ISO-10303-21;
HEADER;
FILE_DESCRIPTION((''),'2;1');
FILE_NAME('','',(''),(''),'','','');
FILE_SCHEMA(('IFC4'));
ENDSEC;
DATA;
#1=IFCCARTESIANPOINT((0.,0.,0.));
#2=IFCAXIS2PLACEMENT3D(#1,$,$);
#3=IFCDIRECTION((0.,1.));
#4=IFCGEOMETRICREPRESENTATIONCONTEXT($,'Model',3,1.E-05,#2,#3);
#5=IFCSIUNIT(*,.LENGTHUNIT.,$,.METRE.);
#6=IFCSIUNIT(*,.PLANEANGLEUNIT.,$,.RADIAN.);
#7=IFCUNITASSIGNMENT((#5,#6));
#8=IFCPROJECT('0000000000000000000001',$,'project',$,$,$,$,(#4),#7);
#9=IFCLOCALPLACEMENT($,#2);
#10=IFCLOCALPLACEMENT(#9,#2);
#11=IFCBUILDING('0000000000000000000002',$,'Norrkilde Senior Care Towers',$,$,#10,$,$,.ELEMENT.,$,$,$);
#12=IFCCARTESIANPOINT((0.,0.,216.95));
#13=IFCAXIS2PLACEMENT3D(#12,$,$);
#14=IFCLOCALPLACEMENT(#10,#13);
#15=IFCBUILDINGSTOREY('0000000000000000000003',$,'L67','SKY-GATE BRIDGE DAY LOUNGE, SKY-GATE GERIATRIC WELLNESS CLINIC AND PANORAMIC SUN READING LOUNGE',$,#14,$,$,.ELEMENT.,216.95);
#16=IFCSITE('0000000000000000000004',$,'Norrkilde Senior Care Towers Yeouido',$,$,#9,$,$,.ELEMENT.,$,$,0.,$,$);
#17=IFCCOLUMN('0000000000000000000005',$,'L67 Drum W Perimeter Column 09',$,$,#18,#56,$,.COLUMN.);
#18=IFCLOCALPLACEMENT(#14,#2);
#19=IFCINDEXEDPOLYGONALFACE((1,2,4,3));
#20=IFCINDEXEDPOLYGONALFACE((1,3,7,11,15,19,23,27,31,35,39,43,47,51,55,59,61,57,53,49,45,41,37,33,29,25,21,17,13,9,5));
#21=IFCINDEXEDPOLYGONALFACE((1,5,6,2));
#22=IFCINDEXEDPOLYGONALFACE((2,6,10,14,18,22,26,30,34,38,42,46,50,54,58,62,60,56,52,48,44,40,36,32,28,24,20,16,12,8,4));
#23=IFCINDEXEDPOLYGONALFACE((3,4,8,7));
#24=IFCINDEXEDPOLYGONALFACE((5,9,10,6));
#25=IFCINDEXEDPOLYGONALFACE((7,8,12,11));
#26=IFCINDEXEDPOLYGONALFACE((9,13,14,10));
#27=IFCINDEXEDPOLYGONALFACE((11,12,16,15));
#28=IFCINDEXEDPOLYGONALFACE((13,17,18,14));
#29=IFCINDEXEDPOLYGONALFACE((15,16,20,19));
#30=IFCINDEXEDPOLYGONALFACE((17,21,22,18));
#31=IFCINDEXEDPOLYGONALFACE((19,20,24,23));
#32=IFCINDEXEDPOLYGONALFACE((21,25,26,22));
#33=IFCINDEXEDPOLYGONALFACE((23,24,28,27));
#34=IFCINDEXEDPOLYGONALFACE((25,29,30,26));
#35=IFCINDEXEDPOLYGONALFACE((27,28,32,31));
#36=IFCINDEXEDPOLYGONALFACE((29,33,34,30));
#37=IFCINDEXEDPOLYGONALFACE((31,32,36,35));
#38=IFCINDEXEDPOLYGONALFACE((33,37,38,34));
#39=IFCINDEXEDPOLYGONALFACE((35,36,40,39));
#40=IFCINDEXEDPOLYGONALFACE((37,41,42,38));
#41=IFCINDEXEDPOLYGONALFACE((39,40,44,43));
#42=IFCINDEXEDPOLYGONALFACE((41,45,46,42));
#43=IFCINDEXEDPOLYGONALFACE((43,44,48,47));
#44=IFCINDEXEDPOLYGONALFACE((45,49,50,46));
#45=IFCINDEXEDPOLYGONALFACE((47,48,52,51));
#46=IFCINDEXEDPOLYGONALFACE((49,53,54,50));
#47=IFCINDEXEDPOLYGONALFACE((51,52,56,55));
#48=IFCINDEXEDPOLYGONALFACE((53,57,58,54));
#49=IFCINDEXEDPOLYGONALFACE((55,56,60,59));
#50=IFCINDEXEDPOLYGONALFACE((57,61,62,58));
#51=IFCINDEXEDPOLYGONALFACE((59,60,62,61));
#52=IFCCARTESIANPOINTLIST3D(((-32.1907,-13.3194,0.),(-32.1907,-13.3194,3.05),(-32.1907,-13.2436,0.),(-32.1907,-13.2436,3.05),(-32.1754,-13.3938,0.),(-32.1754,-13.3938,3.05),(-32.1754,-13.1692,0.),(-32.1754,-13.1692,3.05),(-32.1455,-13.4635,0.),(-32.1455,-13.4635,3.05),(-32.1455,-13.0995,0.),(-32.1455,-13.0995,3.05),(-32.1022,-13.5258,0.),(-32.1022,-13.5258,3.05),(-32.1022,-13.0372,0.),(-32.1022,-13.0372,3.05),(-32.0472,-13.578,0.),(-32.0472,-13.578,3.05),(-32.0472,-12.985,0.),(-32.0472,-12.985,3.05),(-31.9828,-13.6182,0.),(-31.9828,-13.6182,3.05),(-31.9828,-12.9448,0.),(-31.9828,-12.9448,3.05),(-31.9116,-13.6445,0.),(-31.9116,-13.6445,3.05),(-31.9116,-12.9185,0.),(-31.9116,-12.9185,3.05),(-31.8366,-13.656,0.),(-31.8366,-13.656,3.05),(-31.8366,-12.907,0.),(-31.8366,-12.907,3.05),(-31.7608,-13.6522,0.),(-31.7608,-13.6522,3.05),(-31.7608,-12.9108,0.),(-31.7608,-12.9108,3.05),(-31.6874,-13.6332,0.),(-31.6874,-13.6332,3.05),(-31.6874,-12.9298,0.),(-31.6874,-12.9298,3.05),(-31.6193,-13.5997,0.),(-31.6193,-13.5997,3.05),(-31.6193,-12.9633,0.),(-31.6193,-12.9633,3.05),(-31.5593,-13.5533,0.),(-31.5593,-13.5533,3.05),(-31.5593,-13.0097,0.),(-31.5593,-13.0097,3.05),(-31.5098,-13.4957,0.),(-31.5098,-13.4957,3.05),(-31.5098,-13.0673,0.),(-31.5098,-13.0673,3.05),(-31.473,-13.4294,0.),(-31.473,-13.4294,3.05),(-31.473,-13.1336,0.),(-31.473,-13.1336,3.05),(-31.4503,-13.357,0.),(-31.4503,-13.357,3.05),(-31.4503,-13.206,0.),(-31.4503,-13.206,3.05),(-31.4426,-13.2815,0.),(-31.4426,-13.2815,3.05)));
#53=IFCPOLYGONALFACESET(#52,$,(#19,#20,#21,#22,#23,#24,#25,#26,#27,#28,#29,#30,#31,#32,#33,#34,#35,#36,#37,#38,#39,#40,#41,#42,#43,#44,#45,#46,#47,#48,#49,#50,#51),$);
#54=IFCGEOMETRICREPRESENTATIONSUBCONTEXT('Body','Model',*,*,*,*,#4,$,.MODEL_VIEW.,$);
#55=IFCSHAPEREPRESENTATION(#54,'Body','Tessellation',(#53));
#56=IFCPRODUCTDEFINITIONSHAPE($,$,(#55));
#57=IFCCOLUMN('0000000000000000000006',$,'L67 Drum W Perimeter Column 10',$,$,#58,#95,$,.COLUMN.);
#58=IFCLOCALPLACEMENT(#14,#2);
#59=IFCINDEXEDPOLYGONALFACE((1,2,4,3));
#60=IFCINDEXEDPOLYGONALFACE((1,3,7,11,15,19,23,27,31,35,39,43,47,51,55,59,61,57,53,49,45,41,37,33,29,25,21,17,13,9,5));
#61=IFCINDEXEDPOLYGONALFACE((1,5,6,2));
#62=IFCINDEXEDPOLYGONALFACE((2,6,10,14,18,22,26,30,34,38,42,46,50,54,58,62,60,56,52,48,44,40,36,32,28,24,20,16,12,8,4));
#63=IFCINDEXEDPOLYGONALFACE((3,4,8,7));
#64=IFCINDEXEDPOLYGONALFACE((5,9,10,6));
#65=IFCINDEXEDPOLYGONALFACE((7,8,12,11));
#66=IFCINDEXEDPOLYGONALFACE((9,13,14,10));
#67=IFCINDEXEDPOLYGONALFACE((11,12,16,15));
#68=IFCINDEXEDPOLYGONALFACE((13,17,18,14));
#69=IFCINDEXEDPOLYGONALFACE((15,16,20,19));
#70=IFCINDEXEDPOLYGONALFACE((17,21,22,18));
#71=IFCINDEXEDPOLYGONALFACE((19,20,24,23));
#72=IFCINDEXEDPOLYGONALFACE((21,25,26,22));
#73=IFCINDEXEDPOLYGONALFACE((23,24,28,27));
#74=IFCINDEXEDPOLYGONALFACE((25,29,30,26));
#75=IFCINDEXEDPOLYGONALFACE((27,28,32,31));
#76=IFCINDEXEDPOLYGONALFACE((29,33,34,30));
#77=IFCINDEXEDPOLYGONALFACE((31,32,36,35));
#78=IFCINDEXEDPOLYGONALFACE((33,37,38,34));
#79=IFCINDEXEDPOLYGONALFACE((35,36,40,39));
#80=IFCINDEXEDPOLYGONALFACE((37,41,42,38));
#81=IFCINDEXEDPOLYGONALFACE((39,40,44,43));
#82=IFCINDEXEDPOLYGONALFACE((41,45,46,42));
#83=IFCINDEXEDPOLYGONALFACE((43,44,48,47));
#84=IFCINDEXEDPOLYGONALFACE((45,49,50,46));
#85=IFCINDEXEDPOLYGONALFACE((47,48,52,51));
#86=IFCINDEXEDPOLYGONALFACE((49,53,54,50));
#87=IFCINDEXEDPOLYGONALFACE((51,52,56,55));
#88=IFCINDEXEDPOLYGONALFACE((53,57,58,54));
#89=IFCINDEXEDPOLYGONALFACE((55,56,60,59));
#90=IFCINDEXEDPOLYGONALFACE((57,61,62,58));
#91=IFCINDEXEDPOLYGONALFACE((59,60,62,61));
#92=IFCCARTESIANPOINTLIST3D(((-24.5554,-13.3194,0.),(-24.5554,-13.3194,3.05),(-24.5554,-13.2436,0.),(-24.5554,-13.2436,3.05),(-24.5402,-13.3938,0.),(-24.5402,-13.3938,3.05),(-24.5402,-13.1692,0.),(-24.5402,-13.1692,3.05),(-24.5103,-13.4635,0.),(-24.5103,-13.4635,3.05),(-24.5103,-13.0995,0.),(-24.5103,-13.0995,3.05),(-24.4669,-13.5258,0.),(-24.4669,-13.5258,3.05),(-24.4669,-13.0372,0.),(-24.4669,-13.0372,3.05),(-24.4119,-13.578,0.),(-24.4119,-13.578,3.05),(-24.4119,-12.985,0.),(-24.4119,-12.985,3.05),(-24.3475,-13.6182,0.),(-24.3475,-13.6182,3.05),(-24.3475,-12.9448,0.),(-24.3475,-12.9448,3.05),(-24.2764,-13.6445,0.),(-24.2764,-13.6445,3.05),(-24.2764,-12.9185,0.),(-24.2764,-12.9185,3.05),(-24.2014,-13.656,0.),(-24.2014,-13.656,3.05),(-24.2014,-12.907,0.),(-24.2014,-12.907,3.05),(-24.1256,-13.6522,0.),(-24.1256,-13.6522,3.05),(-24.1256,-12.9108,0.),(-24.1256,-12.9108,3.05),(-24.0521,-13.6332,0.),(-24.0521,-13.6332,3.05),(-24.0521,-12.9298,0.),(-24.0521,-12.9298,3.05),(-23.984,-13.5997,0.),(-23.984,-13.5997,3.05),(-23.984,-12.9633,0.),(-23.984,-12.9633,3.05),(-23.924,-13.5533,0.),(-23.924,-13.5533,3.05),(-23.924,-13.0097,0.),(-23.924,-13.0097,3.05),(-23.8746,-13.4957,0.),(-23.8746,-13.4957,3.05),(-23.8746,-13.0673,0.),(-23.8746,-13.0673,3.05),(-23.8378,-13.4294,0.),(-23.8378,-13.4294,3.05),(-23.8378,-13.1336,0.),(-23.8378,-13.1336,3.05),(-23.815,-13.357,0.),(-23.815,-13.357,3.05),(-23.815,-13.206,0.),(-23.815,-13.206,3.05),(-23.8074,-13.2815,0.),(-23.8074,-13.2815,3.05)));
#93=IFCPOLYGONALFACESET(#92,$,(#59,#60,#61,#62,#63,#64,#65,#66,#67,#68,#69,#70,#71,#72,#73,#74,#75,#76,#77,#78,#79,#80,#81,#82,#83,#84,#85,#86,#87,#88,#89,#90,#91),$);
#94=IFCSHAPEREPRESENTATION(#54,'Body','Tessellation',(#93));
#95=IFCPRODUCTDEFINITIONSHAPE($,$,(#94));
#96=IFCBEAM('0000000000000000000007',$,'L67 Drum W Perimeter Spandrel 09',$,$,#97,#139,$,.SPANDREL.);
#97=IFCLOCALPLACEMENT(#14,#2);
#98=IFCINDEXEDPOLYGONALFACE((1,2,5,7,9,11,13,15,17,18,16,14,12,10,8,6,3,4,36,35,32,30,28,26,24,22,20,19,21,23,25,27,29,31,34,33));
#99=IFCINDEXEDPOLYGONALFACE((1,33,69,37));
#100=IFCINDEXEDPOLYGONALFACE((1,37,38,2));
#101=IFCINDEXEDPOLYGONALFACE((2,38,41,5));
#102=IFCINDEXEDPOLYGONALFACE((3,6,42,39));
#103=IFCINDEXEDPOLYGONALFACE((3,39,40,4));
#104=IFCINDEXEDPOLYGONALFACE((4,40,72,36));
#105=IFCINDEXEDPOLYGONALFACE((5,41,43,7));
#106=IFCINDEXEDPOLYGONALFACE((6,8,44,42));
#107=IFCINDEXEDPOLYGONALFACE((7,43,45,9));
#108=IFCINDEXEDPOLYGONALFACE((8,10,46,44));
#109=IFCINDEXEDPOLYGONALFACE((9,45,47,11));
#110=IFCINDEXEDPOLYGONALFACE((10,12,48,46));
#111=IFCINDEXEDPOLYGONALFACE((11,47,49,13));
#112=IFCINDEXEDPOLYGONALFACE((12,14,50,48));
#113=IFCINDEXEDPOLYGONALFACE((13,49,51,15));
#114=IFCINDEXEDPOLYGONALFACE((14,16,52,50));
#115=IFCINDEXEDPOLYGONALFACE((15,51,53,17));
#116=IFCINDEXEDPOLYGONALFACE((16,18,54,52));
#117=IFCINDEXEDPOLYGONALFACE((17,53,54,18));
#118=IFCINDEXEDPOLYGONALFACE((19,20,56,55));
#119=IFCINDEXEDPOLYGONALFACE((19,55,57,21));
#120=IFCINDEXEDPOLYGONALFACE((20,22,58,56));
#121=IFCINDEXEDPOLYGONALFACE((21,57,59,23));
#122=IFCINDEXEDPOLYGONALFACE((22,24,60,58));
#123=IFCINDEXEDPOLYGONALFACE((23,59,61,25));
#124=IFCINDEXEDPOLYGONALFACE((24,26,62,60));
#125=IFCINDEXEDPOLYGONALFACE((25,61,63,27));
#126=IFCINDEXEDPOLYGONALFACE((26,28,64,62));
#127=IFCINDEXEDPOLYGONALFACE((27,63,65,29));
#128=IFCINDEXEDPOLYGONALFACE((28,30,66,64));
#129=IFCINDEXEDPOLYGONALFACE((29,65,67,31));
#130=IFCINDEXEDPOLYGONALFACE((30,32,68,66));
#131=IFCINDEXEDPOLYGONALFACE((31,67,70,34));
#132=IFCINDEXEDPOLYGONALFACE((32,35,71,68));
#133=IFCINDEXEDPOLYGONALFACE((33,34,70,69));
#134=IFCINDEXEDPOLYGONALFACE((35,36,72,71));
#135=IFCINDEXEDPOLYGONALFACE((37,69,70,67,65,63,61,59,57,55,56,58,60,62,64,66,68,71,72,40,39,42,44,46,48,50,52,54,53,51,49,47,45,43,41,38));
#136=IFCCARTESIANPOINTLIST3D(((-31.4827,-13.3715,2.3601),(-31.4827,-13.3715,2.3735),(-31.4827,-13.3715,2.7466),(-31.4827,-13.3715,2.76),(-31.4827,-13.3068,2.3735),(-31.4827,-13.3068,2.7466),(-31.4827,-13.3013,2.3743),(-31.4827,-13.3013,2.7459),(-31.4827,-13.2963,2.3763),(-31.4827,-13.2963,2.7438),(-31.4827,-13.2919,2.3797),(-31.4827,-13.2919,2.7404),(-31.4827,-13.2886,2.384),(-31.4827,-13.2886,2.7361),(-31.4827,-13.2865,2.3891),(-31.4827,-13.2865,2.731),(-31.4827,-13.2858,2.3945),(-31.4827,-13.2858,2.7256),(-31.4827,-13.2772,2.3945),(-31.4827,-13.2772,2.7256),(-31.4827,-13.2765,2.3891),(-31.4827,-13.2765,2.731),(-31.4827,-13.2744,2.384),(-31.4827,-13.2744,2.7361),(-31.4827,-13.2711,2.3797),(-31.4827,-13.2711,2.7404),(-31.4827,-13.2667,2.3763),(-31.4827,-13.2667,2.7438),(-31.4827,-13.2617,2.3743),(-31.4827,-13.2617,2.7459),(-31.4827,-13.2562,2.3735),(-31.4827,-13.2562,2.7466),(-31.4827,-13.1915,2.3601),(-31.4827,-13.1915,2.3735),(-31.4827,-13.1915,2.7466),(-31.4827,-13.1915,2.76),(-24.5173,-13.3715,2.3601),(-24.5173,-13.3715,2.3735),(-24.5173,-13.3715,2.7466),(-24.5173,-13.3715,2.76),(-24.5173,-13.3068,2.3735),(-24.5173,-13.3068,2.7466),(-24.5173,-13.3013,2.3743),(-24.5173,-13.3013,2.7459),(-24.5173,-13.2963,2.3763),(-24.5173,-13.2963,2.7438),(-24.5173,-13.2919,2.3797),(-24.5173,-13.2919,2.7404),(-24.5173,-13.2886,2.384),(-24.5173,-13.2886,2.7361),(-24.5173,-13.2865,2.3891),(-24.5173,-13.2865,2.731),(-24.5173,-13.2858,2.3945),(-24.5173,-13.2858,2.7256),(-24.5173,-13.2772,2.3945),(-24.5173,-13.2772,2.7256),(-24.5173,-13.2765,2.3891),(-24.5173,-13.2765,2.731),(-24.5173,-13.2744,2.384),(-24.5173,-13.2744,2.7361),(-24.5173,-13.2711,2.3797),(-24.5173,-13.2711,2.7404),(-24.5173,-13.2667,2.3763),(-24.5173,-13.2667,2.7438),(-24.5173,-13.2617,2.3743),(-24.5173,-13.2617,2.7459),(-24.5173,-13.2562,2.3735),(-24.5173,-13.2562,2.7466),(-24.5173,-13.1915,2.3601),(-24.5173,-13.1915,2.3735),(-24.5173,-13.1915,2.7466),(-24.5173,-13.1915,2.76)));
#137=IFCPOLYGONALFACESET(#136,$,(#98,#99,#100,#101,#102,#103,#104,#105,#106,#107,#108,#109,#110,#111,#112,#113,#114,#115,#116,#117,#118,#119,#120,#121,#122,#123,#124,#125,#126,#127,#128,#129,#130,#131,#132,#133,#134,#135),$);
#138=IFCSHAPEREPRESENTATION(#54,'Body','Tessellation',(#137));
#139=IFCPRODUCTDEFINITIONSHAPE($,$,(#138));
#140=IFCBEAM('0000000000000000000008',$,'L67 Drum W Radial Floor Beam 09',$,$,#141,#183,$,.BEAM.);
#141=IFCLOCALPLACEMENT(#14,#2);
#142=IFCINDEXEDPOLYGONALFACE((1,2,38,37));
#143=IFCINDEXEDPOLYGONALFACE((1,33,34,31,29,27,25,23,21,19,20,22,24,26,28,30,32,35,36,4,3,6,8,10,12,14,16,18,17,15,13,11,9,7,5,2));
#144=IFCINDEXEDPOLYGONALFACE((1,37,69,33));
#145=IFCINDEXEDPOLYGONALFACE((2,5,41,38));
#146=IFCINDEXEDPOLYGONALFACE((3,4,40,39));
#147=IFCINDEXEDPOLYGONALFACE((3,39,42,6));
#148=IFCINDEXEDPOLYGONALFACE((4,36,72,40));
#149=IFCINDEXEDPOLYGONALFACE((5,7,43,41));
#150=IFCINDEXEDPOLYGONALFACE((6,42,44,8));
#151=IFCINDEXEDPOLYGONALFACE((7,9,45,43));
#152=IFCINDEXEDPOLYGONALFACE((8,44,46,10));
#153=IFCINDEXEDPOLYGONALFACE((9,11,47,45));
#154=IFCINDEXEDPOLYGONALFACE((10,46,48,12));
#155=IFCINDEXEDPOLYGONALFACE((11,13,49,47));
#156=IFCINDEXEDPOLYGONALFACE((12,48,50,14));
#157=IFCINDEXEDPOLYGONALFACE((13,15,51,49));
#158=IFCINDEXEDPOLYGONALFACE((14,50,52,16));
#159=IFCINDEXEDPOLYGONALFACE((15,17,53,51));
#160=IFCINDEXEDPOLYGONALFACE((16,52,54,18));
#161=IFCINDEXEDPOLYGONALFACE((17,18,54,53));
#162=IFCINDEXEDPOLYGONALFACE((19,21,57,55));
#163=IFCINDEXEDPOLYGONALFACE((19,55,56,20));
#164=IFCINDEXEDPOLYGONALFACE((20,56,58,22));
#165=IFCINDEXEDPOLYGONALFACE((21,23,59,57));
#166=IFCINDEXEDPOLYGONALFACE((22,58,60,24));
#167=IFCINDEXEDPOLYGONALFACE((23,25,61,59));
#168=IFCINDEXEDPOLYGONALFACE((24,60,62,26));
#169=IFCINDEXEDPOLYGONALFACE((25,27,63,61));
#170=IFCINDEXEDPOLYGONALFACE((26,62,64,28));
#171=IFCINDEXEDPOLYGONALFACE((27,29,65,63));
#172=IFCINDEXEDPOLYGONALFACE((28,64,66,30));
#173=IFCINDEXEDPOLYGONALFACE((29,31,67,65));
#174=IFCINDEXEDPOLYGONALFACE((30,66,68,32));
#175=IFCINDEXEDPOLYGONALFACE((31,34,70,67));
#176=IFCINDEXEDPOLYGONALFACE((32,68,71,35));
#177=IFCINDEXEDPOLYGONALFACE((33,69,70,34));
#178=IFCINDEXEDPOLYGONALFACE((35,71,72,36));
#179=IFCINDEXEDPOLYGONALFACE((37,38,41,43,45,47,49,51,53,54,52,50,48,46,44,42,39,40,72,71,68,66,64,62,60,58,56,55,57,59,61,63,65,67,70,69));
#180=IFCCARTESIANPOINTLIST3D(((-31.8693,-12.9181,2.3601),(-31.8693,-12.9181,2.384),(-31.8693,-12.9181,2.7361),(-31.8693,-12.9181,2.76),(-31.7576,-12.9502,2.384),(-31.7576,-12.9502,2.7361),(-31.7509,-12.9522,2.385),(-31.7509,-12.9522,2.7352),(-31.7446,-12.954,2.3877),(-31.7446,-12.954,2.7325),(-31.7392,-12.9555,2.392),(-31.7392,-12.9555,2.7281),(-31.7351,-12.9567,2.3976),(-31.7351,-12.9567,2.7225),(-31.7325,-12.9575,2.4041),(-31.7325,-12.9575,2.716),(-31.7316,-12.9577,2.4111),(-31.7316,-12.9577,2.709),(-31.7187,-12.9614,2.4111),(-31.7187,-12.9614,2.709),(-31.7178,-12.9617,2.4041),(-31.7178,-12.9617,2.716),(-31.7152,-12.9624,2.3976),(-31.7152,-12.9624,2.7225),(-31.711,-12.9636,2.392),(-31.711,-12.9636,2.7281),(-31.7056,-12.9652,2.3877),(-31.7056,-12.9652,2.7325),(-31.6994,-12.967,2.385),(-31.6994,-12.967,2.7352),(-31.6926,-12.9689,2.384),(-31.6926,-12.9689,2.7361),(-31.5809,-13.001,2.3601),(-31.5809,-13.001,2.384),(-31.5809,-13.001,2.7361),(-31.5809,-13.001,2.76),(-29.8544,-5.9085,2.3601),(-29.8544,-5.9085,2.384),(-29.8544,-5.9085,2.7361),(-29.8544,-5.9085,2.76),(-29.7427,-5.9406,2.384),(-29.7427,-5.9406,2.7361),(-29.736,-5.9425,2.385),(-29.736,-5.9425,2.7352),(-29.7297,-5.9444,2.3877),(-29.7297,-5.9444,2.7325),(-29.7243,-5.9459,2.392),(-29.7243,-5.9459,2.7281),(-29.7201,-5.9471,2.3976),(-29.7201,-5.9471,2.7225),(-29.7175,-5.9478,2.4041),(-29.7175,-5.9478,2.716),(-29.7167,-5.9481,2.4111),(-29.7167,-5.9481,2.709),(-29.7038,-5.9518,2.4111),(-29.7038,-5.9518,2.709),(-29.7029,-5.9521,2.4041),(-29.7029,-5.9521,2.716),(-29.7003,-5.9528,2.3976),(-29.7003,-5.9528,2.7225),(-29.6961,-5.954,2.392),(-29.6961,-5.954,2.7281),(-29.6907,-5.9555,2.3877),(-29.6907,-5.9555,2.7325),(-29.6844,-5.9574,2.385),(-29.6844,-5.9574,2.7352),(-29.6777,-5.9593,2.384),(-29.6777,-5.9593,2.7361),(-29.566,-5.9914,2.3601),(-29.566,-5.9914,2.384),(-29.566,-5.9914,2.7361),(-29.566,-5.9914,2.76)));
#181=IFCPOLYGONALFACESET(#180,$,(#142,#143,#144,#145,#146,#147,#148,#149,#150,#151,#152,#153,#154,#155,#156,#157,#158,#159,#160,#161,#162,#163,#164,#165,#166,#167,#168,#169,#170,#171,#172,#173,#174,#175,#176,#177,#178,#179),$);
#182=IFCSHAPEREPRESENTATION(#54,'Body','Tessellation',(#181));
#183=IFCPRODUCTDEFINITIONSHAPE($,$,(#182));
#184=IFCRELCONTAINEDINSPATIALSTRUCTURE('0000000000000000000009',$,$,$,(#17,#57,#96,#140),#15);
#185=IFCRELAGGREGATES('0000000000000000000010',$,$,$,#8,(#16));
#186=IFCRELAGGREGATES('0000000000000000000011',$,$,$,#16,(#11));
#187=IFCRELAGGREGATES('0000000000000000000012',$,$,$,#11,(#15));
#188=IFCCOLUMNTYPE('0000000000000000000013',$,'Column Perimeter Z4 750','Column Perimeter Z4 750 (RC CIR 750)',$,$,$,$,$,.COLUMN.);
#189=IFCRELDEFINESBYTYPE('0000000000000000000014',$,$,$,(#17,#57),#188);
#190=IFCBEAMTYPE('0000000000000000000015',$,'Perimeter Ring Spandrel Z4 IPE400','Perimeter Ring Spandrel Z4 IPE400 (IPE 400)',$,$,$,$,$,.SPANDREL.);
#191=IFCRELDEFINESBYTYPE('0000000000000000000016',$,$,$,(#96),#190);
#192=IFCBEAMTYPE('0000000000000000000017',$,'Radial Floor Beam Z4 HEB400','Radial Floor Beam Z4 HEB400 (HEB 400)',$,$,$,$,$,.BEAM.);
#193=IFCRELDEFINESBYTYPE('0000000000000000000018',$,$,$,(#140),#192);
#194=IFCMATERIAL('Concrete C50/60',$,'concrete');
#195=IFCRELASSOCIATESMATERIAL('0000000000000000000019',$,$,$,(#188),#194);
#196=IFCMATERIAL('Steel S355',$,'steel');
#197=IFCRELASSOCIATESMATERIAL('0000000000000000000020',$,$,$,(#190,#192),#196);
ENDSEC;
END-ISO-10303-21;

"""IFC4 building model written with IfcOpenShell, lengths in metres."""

from ifc_helpers import new_model, si_unit, direction, frame, origin, origin_2d, place, context, subcontext, project, spatial, circle, i_section, extrude, source, transform, mapped, material, material_profile, profile_set, type_object, type_shapes, element, save


model = new_model("IFC4")

# Units and contexts
model_context = context("Model", 3, precision=1e-05, world=origin(), true_north=direction((0.0, 1.0)))
body_context = subcontext(model_context, "Body", "Model", "MODEL_VIEW")
ifc_project = project(units=[si_unit("LENGTHUNIT", "METRE"), si_unit("PLANEANGLEUNIT", "RADIAN")], contexts=[model_context])

# Site, building, storey
site_placement = place(None, origin())
site = spatial("IfcSite", under=ifc_project, at=site_placement, Name="Norrkilde Senior Care Towers Yeouido", CompositionType="ELEMENT", RefElevation=0.0)
building_placement = place(site_placement, origin())
building = spatial("IfcBuilding", under=site, at=building_placement, Name="Norrkilde Senior Care Towers", CompositionType="ELEMENT")
storey_placement = place(building_placement, frame((0.0, 0.0, 216.95)))
storey = spatial("IfcBuildingStorey", under=building, at=storey_placement, Name="L67", Description="SKY-GATE BRIDGE DAY LOUNGE, SKY-GATE GERIATRIC WELLNESS CLINIC AND PANORAMIC SUN READING LOUNGE", CompositionType="ELEMENT", Elevation=216.95)

# Columns
ifc_material_1 = material(Name="Concrete C50/60", Category="concrete")
ifc_material_profile_1 = material_profile(ifc_material_1, circle(Radius=0.375, at=origin_2d()), Name="RC CIR 750")
ifc_profile_set_1 = profile_set([ifc_material_profile_1], Name="Concrete C50/60")
column_type = type_object("IfcColumnType", Name="Column Perimeter Z4 750", Description="Column Perimeter Z4 750 (RC CIR 750)", PredefinedType="COLUMN", material=ifc_profile_set_1)
shared_shape_1 = source(origin(), body_context, "Body", "SweptSolid", [
    extrude(circle(Radius=0.375, at=origin_2d()), origin(), (0.0, 0.0, 1.0), 3.05),
])
type_shapes(column_type, [shared_shape_1])
for number, where, z_axis, x_axis, name in (
    (1, (-31.8176, -13.2815, 0.0), (0.0, 0.0, 1.0), (1.0, 0.0, 0.0), "L67 Drum W Perimeter Column 09"),
    (2, (-24.1824, -13.2815, 0.0), (0.0, 0.0, 1.0), (1.0, 0.0, 0.0), "L67 Drum W Perimeter Column 10"),
):
    element("IfcColumn", number, at=place(storey_placement, frame(where, z_axis=z_axis, x_axis=x_axis)), inside=storey, type_object=column_type, Name=name, PredefinedType="COLUMN", context=body_context, shape_type="MappedRepresentation", body=[
        mapped(shared_shape_1, transform((0.0, 0.0, 0.0), x_axis=(1.0, 0.0, 0.0), y_axis=(0.0, 1.0, 0.0), z_axis=(0.0, 0.0, 1.0), scale=1.0)),
    ])

# Beams
ifc_material_2 = material(Name="Steel S355", Category="steel")
ifc_material_profile_2 = material_profile(ifc_material_2, i_section(OverallWidth=0.1799, OverallDepth=0.3999, WebThickness=0.0085, FlangeThickness=0.0134, FilletRadius=0.021, at=origin_2d()), Name="IPE 400")
ifc_profile_set_2 = profile_set([ifc_material_profile_2], Name="Steel S355")
beam_type_1 = type_object("IfcBeamType", Name="Perimeter Ring Spandrel Z4 IPE400", Description="Perimeter Ring Spandrel Z4 IPE400 (IPE 400)", PredefinedType="SPANDREL", material=ifc_profile_set_2)
shared_shape_2 = source(origin(), body_context, "Body", "SweptSolid", [
    extrude(i_section(OverallWidth=0.1799, OverallDepth=0.3999, WebThickness=0.0085, FlangeThickness=0.0134, FilletRadius=0.021, at=origin_2d()), origin(), (0.0, 0.0, 1.0), 6.9653),
])
type_shapes(beam_type_1, [shared_shape_2])
beam_placement = place(storey_placement, frame((-31.4827, -13.2815, 2.5601), z_axis=(1.0, 0.0, 0.0), x_axis=(0.0, 1.0, 0.0)))
element("IfcBeam", 3, at=beam_placement, inside=storey, type_object=beam_type_1, Name="L67 Drum W Perimeter Spandrel 09", PredefinedType="SPANDREL", context=body_context, shape_type="MappedRepresentation", body=[
    mapped(shared_shape_2, transform((0.0, 0.0, 0.0), x_axis=(1.0, 0.0, 0.0), y_axis=(0.0, 1.0, 0.0), z_axis=(0.0, 0.0, 1.0), scale=1.0)),
])
ifc_material_profile_3 = material_profile(ifc_material_2, i_section(OverallWidth=0.3, OverallDepth=0.3999, WebThickness=0.0134, FlangeThickness=0.0239, FilletRadius=0.0271, at=origin_2d()), Name="HEB 400")
ifc_profile_set_3 = profile_set([ifc_material_profile_3], Name="Steel S355")
beam_type_2 = type_object("IfcBeamType", Name="Radial Floor Beam Z4 HEB400", Description="Radial Floor Beam Z4 HEB400 (HEB 400)", PredefinedType="BEAM", material=ifc_profile_set_3)
shared_shape_3 = source(origin(), body_context, "Body", "SweptSolid", [
    extrude(i_section(OverallWidth=0.3, OverallDepth=0.3999, WebThickness=0.0134, FlangeThickness=0.0239, FilletRadius=0.0271, at=origin_2d()), origin(), (0.0, 0.0, 1.0), 7.2935),
])
type_shapes(beam_type_2, [shared_shape_3])
for number, where, z_axis, x_axis, name in (
    (4, (-29.7102, -5.95, 2.5601), (-0.276264, -0.961082, 0.0), (0.961082, -0.276264, 0.0), "L67 Drum W Radial Floor Beam 09"),
):
    element("IfcBeam", number, at=place(storey_placement, frame(where, z_axis=z_axis, x_axis=x_axis)), inside=storey, type_object=beam_type_2, Name=name, PredefinedType="BEAM", context=body_context, shape_type="MappedRepresentation", body=[
        mapped(shared_shape_3, transform((0.0, 0.0, 0.0), x_axis=(1.0, 0.0, 0.0), y_axis=(0.0, 1.0, 0.0), z_axis=(0.0, 0.0, 1.0), scale=1.0)),
    ])

save(model, "model.ifc")
